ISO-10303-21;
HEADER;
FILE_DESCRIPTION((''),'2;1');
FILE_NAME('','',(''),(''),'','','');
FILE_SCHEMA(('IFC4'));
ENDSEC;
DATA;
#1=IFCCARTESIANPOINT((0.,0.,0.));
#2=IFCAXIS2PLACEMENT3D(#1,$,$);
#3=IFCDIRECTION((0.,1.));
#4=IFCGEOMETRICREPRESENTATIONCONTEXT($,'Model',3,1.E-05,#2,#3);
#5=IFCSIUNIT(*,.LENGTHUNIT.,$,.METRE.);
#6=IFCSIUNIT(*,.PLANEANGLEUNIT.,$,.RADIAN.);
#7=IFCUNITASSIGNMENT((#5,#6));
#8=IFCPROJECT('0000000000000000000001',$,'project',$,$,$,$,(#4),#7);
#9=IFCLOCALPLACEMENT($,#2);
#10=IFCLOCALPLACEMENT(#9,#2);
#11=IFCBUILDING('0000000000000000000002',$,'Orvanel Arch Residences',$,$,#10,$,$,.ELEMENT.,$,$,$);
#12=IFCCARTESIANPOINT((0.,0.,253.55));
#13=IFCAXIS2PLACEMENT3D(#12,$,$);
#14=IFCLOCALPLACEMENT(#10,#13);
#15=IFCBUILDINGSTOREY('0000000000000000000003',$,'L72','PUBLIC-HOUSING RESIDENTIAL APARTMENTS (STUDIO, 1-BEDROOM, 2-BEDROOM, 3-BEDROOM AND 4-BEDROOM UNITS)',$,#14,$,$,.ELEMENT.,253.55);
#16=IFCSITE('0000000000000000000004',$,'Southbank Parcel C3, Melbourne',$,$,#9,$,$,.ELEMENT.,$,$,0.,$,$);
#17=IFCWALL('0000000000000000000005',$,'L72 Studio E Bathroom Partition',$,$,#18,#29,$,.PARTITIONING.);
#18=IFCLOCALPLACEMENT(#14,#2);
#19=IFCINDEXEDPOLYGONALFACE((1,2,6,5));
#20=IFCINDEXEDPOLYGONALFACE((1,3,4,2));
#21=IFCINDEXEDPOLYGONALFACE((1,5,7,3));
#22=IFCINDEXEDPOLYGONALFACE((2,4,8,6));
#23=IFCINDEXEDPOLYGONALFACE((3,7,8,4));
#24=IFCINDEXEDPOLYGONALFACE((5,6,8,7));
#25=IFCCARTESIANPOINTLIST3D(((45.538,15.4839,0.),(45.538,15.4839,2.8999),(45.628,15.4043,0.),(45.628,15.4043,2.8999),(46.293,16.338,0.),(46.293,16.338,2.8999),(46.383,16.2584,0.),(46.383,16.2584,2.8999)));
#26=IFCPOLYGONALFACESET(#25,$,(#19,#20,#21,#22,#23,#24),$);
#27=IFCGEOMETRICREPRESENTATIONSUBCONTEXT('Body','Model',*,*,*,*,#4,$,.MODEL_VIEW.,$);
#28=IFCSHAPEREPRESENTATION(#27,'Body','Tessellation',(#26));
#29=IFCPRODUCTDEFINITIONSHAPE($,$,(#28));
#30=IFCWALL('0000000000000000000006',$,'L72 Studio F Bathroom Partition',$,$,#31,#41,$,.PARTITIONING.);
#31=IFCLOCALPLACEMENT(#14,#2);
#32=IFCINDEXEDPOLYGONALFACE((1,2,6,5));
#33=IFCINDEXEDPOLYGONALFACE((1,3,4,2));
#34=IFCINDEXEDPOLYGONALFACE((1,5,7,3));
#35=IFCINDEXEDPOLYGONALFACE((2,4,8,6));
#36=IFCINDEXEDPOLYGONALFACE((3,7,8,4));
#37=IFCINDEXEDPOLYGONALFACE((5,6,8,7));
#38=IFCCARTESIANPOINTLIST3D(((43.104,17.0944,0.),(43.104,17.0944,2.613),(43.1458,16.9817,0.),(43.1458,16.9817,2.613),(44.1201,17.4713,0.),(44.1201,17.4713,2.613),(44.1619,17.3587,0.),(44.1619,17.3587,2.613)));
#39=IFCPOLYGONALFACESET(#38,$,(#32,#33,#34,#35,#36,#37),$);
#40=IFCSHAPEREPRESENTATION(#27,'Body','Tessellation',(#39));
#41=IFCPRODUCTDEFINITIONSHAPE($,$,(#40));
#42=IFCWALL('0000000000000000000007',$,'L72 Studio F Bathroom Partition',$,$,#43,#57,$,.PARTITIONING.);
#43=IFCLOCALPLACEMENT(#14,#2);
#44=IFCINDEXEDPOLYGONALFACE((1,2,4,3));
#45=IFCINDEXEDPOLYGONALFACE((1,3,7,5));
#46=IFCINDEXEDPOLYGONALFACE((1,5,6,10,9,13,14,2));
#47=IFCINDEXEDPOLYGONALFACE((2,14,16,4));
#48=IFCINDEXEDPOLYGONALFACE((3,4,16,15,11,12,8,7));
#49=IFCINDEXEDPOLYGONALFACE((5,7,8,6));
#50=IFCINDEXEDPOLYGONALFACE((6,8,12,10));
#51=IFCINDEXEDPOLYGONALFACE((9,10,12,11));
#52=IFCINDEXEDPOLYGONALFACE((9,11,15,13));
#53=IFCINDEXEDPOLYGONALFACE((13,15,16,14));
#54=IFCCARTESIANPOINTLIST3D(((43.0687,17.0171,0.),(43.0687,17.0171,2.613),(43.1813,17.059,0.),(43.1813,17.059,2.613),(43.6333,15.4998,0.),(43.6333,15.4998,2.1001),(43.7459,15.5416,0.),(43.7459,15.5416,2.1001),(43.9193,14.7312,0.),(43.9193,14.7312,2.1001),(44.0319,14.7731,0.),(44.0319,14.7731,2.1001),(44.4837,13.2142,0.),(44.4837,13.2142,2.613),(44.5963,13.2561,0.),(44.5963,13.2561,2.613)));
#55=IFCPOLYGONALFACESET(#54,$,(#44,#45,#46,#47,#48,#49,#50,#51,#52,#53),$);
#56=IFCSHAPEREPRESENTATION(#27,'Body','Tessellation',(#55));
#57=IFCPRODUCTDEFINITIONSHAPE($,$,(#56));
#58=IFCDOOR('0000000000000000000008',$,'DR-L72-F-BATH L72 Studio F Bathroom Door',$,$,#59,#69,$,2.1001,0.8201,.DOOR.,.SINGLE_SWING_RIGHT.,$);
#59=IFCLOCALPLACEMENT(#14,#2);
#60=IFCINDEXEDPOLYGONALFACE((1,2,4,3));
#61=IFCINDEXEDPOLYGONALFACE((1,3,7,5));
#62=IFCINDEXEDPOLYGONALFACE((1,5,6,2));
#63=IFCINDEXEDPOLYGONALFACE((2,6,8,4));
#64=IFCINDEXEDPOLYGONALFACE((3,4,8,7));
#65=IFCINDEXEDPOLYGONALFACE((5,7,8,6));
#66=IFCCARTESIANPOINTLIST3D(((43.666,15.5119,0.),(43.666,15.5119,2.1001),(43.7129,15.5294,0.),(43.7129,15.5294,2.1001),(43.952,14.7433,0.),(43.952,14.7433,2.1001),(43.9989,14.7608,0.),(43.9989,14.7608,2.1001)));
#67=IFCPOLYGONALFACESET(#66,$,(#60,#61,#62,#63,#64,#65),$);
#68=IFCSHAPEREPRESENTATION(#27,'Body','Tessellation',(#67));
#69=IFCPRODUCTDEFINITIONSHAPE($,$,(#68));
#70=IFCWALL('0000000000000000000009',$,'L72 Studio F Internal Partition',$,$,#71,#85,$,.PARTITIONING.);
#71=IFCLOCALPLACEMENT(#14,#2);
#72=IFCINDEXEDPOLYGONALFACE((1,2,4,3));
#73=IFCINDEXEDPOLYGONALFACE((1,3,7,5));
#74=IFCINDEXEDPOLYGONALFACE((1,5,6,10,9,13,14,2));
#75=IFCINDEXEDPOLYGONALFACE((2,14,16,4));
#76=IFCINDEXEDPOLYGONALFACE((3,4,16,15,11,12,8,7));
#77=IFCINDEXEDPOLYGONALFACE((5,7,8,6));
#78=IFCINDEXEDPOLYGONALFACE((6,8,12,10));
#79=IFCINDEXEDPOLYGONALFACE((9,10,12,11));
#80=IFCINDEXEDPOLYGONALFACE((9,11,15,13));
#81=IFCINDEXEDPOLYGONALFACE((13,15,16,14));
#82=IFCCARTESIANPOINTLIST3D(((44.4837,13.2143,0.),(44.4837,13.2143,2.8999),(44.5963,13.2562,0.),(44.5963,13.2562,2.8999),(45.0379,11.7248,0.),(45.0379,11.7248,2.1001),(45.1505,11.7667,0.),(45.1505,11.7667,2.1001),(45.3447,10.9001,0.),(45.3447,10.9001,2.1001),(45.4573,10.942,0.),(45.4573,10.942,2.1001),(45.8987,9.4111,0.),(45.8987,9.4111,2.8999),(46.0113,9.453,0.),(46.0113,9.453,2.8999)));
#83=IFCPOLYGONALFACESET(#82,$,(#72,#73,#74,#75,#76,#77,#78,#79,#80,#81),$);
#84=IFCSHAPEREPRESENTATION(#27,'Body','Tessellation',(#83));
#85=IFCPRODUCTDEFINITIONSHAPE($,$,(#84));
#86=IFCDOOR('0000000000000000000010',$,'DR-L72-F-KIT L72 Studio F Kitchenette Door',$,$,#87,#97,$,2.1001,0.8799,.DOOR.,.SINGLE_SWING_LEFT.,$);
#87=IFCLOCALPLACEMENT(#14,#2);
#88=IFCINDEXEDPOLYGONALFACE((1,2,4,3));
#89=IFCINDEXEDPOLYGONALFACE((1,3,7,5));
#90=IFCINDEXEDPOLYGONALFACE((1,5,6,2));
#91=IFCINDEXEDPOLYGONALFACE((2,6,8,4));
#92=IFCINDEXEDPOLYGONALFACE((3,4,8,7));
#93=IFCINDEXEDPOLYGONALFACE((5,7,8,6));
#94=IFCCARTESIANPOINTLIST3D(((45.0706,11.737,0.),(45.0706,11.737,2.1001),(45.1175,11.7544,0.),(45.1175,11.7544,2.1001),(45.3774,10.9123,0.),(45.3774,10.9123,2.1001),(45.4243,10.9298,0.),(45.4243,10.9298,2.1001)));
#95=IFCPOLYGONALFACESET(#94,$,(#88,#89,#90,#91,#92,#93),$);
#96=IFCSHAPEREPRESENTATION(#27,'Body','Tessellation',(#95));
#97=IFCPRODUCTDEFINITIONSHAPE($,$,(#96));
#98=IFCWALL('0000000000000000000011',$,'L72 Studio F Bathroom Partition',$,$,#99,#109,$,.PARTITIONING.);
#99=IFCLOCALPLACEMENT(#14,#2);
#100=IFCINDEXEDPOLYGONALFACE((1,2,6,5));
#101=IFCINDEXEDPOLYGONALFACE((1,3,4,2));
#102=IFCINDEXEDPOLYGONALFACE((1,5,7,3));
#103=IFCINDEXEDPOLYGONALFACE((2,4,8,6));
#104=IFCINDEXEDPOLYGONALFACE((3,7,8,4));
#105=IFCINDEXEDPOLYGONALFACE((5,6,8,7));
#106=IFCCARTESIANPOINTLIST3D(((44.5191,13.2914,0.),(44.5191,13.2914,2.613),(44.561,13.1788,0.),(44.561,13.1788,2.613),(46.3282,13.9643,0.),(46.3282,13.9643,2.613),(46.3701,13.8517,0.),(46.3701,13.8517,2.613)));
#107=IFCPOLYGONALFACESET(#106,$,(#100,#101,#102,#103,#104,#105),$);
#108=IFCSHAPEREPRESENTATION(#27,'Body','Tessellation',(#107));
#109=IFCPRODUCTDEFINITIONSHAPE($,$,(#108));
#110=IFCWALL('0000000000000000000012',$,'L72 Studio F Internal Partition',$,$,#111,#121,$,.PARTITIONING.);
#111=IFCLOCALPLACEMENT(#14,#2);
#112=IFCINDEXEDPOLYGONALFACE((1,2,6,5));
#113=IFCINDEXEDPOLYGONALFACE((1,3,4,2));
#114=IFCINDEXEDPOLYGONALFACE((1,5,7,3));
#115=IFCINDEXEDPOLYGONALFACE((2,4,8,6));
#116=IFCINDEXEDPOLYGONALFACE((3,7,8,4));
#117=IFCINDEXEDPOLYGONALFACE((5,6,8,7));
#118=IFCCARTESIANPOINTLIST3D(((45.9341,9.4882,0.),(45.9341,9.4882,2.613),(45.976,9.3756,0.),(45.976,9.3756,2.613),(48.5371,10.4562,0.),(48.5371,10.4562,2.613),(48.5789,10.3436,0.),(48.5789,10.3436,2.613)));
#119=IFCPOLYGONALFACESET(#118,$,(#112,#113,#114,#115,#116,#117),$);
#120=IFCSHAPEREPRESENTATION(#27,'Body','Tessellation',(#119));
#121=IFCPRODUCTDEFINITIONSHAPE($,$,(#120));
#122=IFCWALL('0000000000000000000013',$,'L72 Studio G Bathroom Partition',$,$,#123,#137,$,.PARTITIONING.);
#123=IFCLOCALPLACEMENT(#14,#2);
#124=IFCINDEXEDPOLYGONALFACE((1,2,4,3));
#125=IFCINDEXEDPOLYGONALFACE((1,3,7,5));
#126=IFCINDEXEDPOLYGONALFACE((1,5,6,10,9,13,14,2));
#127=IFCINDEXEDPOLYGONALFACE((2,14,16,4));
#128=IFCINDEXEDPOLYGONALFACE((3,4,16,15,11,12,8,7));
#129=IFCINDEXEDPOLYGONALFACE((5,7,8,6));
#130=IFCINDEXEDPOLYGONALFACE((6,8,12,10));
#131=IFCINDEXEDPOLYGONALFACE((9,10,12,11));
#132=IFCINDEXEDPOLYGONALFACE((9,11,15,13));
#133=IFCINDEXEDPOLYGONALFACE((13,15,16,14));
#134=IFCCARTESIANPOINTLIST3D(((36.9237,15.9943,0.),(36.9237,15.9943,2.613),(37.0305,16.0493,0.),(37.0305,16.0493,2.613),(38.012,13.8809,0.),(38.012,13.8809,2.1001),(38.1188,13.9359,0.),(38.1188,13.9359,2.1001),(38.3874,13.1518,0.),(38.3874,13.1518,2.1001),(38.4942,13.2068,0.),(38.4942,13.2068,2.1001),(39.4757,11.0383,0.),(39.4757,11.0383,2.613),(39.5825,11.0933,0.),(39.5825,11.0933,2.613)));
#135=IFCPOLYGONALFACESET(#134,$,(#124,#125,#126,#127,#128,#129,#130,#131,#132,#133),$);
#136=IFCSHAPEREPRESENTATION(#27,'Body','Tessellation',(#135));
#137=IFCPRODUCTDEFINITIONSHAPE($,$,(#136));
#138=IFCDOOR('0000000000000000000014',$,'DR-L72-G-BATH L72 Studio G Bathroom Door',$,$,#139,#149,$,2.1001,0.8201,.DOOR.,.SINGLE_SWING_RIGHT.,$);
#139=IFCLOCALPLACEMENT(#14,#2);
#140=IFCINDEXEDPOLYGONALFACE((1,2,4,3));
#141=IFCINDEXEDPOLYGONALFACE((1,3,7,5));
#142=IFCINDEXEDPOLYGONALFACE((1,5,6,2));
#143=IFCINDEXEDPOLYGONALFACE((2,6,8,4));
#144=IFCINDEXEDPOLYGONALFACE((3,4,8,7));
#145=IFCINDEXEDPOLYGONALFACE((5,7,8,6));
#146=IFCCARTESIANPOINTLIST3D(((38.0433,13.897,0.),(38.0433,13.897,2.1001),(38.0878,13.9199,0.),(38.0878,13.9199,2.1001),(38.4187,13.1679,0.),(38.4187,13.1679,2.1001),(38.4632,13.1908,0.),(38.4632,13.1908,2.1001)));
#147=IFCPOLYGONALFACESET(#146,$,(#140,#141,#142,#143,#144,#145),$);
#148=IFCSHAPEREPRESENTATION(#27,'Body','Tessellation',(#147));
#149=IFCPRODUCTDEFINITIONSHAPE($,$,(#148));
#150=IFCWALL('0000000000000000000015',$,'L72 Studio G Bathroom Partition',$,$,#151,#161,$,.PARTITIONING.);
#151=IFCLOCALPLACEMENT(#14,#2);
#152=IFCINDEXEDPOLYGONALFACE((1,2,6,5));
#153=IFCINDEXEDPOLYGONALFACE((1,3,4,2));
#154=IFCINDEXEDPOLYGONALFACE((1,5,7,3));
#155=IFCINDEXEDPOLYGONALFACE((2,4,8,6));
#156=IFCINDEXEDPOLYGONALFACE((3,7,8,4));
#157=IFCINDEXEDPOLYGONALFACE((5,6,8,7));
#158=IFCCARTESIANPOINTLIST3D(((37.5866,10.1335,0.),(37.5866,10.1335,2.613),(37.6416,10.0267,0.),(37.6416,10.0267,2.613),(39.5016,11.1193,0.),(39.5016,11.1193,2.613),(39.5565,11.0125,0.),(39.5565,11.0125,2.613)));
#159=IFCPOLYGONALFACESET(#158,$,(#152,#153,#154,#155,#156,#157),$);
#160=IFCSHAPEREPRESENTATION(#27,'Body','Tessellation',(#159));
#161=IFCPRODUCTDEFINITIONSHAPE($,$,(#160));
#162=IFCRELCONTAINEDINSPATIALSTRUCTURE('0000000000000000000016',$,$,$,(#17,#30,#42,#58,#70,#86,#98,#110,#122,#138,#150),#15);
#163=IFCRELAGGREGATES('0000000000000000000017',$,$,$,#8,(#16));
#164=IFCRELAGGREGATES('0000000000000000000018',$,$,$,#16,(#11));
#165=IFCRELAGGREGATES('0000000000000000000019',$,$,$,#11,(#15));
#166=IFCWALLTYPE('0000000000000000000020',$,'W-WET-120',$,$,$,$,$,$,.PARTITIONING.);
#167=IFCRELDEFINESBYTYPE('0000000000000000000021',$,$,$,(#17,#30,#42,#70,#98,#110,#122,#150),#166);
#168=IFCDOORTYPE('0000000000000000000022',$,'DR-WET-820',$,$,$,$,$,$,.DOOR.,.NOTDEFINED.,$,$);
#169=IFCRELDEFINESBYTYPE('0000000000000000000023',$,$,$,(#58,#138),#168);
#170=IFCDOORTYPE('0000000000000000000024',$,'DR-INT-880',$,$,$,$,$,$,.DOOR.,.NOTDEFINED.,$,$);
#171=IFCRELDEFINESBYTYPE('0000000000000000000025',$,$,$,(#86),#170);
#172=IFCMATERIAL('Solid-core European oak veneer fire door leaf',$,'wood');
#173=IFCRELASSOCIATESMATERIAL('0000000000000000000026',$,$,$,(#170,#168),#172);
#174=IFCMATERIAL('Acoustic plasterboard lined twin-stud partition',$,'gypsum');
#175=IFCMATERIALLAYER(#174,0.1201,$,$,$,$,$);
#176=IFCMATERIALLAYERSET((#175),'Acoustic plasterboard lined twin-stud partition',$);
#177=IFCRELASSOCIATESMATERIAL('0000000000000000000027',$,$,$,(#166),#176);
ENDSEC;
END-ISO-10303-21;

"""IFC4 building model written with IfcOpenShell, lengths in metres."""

from ifc_helpers import new_model, si_unit, direction, frame, frame_2d, origin, place, context, subcontext, project, spatial, rectangle, extrude, material, layer, layer_set, type_object, element, fill, save


model = new_model("IFC4")

# Units and contexts
model_context = context("Model", 3, precision=1e-05, world=origin(), true_north=direction((0.0, 1.0)))
body_context = subcontext(model_context, "Body", "Model", "MODEL_VIEW")
ifc_project = project(units=[si_unit("LENGTHUNIT", "METRE"), si_unit("PLANEANGLEUNIT", "RADIAN")], contexts=[model_context])

# Site, building, storey
site_placement = place(None, origin())
site = spatial("IfcSite", under=ifc_project, at=site_placement, Name="Southbank Parcel C3, Melbourne", CompositionType="ELEMENT", RefElevation=0.0)
building_placement = place(site_placement, origin())
building = spatial("IfcBuilding", under=site, at=building_placement, Name="Orvanel Arch Residences", CompositionType="ELEMENT")
storey_placement = place(building_placement, frame((0.0, 0.0, 253.55)))
storey = spatial("IfcBuildingStorey", under=building, at=storey_placement, Name="L72", Description="PUBLIC-HOUSING RESIDENTIAL APARTMENTS (STUDIO, 1-BEDROOM, 2-BEDROOM, 3-BEDROOM AND 4-BEDROOM UNITS)", CompositionType="ELEMENT", Elevation=253.55)

# Shared definitions
ifc_material_1 = material(Name="Acoustic plasterboard lined twin-stud partition", Category="gypsum")
ifc_material_2 = material(Name="Solid-core European oak veneer fire door leaf", Category="wood")
door_type_1 = type_object("IfcDoorType", Name="DR-INT-880", OperationType="NOTDEFINED", PredefinedType="DOOR", material=ifc_material_2)
ifc_layer_1 = layer(ifc_material_1, 0.1201)
ifc_layer_set_1 = layer_set([ifc_layer_1], Name="Acoustic plasterboard lined twin-stud partition")
wall_type_1 = type_object("IfcWallType", Name="W-WET-120", PredefinedType="PARTITIONING", material=ifc_layer_set_1)
door_type_2 = type_object("IfcDoorType", Name="DR-WET-820", OperationType="NOTDEFINED", PredefinedType="DOOR", material=ifc_material_2)

# Walls
wall_1_placement = place(storey_placement, frame((46.3379, 16.2981, 0.0), z_axis=(0.0, 0.0, 1.0), x_axis=(-0.662287, -0.74925, 0.0)))
element("IfcWall", 1, at=wall_1_placement, inside=storey, type_object=wall_type_1, Name="L72 Studio E Bathroom Partition", PredefinedType="PARTITIONING", context=body_context, shape_type="SweptSolid", body=[
    extrude(rectangle(XDim=1.1399, YDim=0.1201, at=frame_2d((0.5698, 0.0))), origin(), (0.0, 0.0, 1.0), 2.8999),
])
wall_2_placement = place(storey_placement, frame((44.1411, 17.415, 0.0), z_axis=(0.0, 0.0, 1.0), x_axis=(-0.937564, -0.347813, 0.0)))
element("IfcWall", 2, at=wall_2_placement, inside=storey, type_object=wall_type_1, Name="L72 Studio F Bathroom Partition", PredefinedType="PARTITIONING", context=body_context, shape_type="SweptSolid", body=[
    extrude(rectangle(XDim=1.0837, YDim=0.1201, at=frame_2d((0.542, 0.0))), origin(), (0.0, 0.0, 1.0), 2.613),
])

# Walls, openings, doors
wall_3_placement = place(storey_placement, frame((43.125, 17.0381, 0.0), z_axis=(0.0, 0.0, 1.0), x_axis=(0.348729, -0.937224, 0.0)))
wall_3 = element("IfcWall", 3, at=wall_3_placement, inside=storey, type_object=wall_type_1, Name="L72 Studio F Bathroom Partition", PredefinedType="PARTITIONING", context=body_context, shape_type="SweptSolid", body=[
    extrude(rectangle(XDim=4.0576, YDim=0.1201, at=frame_2d((2.0288, 0.0))), origin(), (0.0, 0.0, 1.0), 2.613),
])
opening_1_placement = place(wall_3_placement, frame((1.6189, 0.0, 0.0)))
opening_1 = element("IfcOpeningElement", 4, at=opening_1_placement, cuts=wall_3, PredefinedType="OPENING", context=body_context, shape_type="SweptSolid", body=[
    extrude(rectangle(XDim=0.8201, YDim=2.1001, at=frame_2d((0.4102, 1.05))), frame((0.0, 0.0701, 0.0), z_axis=(0.0, -1.0, 0.0), x_axis=(1.0, 0.0, 0.0)), (0.0, 0.0, 1.0), 0.1401),
])
door_1_placement = place(opening_1_placement, origin())
door_1 = element("IfcDoor", 5, at=door_1_placement, inside=storey, type_object=door_type_2, Name="DR-L72-F-BATH L72 Studio F Bathroom Door", OperationType="SINGLE_SWING_RIGHT", OverallHeight=2.1001, OverallWidth=0.8201, PredefinedType="DOOR", context=body_context, shape_type="SweptSolid", body=[
    extrude(rectangle(XDim=0.8201, YDim=2.1001, at=frame_2d((0.4102, 1.05))), frame((0.0, 0.0249, 0.0), z_axis=(0.0, -1.0, 0.0), x_axis=(1.0, 0.0, 0.0)), (0.0, 0.0, 1.0), 0.05),
])
fill(opening_1, door_1)
wall_4_placement = place(storey_placement, frame((44.54, 13.2351, 0.0), z_axis=(0.0, 0.0, 1.0), x_axis=(0.348709, -0.937231, 0.0)))
wall_4 = element("IfcWall", 6, at=wall_4_placement, inside=storey, type_object=wall_type_1, Name="L72 Studio F Internal Partition", PredefinedType="PARTITIONING", context=body_context, shape_type="SweptSolid", body=[
    extrude(rectangle(XDim=4.0579, YDim=0.1201, at=frame_2d((2.0288, 0.0))), origin(), (0.0, 0.0, 1.0), 2.8999),
])
opening_2_placement = place(wall_4_placement, frame((1.5891, 0.0, 0.0)))
opening_2 = element("IfcOpeningElement", 7, at=opening_2_placement, cuts=wall_4, PredefinedType="OPENING", context=body_context, shape_type="SweptSolid", body=[
    extrude(rectangle(XDim=0.8799, YDim=2.1001, at=frame_2d((0.4399, 1.05))), frame((0.0, 0.0701, 0.0), z_axis=(0.0, -1.0, 0.0), x_axis=(1.0, 0.0, 0.0)), (0.0, 0.0, 1.0), 0.1401),
])
door_2_placement = place(opening_2_placement, origin())
door_2 = element("IfcDoor", 8, at=door_2_placement, inside=storey, type_object=door_type_1, Name="DR-L72-F-KIT L72 Studio F Kitchenette Door", OperationType="SINGLE_SWING_LEFT", OverallHeight=2.1001, OverallWidth=0.8799, PredefinedType="DOOR", context=body_context, shape_type="SweptSolid", body=[
    extrude(rectangle(XDim=0.8799, YDim=2.1001, at=frame_2d((0.4399, 1.05))), frame((0.0, 0.0249, 0.0), z_axis=(0.0, -1.0, 0.0), x_axis=(1.0, 0.0, 0.0)), (0.0, 0.0, 1.0), 0.05),
])
fill(opening_2, door_2)

# Walls
wall_5_placement = place(storey_placement, frame((46.3491, 13.908, 0.0), z_axis=(0.0, 0.0, 1.0), x_axis=(-0.937272, -0.348599, 0.0)))
element("IfcWall", 9, at=wall_5_placement, inside=storey, type_object=wall_type_1, Name="L72 Studio F Bathroom Partition", PredefinedType="PARTITIONING", context=body_context, shape_type="SweptSolid", body=[
    extrude(rectangle(XDim=1.9302, YDim=0.1201, at=frame_2d((0.9651, 0.0))), origin(), (0.0, 0.0, 1.0), 2.613),
])
wall_6_placement = place(storey_placement, frame((48.5581, 10.3999, 0.0), z_axis=(0.0, 0.0, 1.0), x_axis=(-0.937287, -0.34856, 0.0)))
element("IfcWall", 10, at=wall_6_placement, inside=storey, type_object=wall_type_1, Name="L72 Studio F Internal Partition", PredefinedType="PARTITIONING", context=body_context, shape_type="SweptSolid", body=[
    extrude(rectangle(XDim=2.7771, YDim=0.1201, at=frame_2d((1.3887, 0.0))), origin(), (0.0, 0.0, 1.0), 2.613),
])

# Wall, opening, door
wall_7_placement = place(storey_placement, frame((39.5291, 11.0659, 0.0), z_axis=(0.0, 0.0, 1.0), x_axis=(-0.457798, 0.889056, 0.0)))
wall_7 = element("IfcWall", 11, at=wall_7_placement, inside=storey, type_object=wall_type_1, Name="L72 Studio G Bathroom Partition", PredefinedType="PARTITIONING", context=body_context, shape_type="SweptSolid", body=[
    extrude(rectangle(XDim=5.5745, YDim=0.1201, at=frame_2d((2.7871, 0.0))), origin(), (0.0, 0.0, 1.0), 2.613),
])
opening_3_placement = place(wall_7_placement, frame((2.377, 0.0, 0.0)))
opening_3 = element("IfcOpeningElement", 12, at=opening_3_placement, cuts=wall_7, PredefinedType="OPENING", context=body_context, shape_type="SweptSolid", body=[
    extrude(rectangle(XDim=0.8201, YDim=2.1001, at=frame_2d((0.4102, 1.05))), frame((0.0, 0.0701, 0.0), z_axis=(0.0, -1.0, 0.0), x_axis=(1.0, 0.0, 0.0)), (0.0, 0.0, 1.0), 0.1401),
])
door_3_placement = place(opening_3_placement, origin())
door_3 = element("IfcDoor", 13, at=door_3_placement, inside=storey, type_object=door_type_2, Name="DR-L72-G-BATH L72 Studio G Bathroom Door", OperationType="SINGLE_SWING_RIGHT", OverallHeight=2.1001, OverallWidth=0.8201, PredefinedType="DOOR", context=body_context, shape_type="SweptSolid", body=[
    extrude(rectangle(XDim=0.8201, YDim=2.1001, at=frame_2d((0.4102, 1.05))), frame((0.0, 0.0249, 0.0), z_axis=(0.0, -1.0, 0.0), x_axis=(1.0, 0.0, 0.0)), (0.0, 0.0, 1.0), 0.05),
])
fill(opening_3, door_3)

# Wall
wall_8_placement = place(storey_placement, frame((39.5291, 11.0659, 0.0), z_axis=(0.0, 0.0, 1.0), x_axis=(-0.889106, -0.457701, 0.0)))
element("IfcWall", 14, at=wall_8_placement, inside=storey, type_object=wall_type_1, Name="L72 Studio G Bathroom Partition", PredefinedType="PARTITIONING", context=body_context, shape_type="SweptSolid", body=[
    extrude(rectangle(XDim=2.1538, YDim=0.1201, at=frame_2d((1.0769, 0.0))), origin(), (0.0, 0.0, 1.0), 2.613),
])

save(model, "model.ifc")
